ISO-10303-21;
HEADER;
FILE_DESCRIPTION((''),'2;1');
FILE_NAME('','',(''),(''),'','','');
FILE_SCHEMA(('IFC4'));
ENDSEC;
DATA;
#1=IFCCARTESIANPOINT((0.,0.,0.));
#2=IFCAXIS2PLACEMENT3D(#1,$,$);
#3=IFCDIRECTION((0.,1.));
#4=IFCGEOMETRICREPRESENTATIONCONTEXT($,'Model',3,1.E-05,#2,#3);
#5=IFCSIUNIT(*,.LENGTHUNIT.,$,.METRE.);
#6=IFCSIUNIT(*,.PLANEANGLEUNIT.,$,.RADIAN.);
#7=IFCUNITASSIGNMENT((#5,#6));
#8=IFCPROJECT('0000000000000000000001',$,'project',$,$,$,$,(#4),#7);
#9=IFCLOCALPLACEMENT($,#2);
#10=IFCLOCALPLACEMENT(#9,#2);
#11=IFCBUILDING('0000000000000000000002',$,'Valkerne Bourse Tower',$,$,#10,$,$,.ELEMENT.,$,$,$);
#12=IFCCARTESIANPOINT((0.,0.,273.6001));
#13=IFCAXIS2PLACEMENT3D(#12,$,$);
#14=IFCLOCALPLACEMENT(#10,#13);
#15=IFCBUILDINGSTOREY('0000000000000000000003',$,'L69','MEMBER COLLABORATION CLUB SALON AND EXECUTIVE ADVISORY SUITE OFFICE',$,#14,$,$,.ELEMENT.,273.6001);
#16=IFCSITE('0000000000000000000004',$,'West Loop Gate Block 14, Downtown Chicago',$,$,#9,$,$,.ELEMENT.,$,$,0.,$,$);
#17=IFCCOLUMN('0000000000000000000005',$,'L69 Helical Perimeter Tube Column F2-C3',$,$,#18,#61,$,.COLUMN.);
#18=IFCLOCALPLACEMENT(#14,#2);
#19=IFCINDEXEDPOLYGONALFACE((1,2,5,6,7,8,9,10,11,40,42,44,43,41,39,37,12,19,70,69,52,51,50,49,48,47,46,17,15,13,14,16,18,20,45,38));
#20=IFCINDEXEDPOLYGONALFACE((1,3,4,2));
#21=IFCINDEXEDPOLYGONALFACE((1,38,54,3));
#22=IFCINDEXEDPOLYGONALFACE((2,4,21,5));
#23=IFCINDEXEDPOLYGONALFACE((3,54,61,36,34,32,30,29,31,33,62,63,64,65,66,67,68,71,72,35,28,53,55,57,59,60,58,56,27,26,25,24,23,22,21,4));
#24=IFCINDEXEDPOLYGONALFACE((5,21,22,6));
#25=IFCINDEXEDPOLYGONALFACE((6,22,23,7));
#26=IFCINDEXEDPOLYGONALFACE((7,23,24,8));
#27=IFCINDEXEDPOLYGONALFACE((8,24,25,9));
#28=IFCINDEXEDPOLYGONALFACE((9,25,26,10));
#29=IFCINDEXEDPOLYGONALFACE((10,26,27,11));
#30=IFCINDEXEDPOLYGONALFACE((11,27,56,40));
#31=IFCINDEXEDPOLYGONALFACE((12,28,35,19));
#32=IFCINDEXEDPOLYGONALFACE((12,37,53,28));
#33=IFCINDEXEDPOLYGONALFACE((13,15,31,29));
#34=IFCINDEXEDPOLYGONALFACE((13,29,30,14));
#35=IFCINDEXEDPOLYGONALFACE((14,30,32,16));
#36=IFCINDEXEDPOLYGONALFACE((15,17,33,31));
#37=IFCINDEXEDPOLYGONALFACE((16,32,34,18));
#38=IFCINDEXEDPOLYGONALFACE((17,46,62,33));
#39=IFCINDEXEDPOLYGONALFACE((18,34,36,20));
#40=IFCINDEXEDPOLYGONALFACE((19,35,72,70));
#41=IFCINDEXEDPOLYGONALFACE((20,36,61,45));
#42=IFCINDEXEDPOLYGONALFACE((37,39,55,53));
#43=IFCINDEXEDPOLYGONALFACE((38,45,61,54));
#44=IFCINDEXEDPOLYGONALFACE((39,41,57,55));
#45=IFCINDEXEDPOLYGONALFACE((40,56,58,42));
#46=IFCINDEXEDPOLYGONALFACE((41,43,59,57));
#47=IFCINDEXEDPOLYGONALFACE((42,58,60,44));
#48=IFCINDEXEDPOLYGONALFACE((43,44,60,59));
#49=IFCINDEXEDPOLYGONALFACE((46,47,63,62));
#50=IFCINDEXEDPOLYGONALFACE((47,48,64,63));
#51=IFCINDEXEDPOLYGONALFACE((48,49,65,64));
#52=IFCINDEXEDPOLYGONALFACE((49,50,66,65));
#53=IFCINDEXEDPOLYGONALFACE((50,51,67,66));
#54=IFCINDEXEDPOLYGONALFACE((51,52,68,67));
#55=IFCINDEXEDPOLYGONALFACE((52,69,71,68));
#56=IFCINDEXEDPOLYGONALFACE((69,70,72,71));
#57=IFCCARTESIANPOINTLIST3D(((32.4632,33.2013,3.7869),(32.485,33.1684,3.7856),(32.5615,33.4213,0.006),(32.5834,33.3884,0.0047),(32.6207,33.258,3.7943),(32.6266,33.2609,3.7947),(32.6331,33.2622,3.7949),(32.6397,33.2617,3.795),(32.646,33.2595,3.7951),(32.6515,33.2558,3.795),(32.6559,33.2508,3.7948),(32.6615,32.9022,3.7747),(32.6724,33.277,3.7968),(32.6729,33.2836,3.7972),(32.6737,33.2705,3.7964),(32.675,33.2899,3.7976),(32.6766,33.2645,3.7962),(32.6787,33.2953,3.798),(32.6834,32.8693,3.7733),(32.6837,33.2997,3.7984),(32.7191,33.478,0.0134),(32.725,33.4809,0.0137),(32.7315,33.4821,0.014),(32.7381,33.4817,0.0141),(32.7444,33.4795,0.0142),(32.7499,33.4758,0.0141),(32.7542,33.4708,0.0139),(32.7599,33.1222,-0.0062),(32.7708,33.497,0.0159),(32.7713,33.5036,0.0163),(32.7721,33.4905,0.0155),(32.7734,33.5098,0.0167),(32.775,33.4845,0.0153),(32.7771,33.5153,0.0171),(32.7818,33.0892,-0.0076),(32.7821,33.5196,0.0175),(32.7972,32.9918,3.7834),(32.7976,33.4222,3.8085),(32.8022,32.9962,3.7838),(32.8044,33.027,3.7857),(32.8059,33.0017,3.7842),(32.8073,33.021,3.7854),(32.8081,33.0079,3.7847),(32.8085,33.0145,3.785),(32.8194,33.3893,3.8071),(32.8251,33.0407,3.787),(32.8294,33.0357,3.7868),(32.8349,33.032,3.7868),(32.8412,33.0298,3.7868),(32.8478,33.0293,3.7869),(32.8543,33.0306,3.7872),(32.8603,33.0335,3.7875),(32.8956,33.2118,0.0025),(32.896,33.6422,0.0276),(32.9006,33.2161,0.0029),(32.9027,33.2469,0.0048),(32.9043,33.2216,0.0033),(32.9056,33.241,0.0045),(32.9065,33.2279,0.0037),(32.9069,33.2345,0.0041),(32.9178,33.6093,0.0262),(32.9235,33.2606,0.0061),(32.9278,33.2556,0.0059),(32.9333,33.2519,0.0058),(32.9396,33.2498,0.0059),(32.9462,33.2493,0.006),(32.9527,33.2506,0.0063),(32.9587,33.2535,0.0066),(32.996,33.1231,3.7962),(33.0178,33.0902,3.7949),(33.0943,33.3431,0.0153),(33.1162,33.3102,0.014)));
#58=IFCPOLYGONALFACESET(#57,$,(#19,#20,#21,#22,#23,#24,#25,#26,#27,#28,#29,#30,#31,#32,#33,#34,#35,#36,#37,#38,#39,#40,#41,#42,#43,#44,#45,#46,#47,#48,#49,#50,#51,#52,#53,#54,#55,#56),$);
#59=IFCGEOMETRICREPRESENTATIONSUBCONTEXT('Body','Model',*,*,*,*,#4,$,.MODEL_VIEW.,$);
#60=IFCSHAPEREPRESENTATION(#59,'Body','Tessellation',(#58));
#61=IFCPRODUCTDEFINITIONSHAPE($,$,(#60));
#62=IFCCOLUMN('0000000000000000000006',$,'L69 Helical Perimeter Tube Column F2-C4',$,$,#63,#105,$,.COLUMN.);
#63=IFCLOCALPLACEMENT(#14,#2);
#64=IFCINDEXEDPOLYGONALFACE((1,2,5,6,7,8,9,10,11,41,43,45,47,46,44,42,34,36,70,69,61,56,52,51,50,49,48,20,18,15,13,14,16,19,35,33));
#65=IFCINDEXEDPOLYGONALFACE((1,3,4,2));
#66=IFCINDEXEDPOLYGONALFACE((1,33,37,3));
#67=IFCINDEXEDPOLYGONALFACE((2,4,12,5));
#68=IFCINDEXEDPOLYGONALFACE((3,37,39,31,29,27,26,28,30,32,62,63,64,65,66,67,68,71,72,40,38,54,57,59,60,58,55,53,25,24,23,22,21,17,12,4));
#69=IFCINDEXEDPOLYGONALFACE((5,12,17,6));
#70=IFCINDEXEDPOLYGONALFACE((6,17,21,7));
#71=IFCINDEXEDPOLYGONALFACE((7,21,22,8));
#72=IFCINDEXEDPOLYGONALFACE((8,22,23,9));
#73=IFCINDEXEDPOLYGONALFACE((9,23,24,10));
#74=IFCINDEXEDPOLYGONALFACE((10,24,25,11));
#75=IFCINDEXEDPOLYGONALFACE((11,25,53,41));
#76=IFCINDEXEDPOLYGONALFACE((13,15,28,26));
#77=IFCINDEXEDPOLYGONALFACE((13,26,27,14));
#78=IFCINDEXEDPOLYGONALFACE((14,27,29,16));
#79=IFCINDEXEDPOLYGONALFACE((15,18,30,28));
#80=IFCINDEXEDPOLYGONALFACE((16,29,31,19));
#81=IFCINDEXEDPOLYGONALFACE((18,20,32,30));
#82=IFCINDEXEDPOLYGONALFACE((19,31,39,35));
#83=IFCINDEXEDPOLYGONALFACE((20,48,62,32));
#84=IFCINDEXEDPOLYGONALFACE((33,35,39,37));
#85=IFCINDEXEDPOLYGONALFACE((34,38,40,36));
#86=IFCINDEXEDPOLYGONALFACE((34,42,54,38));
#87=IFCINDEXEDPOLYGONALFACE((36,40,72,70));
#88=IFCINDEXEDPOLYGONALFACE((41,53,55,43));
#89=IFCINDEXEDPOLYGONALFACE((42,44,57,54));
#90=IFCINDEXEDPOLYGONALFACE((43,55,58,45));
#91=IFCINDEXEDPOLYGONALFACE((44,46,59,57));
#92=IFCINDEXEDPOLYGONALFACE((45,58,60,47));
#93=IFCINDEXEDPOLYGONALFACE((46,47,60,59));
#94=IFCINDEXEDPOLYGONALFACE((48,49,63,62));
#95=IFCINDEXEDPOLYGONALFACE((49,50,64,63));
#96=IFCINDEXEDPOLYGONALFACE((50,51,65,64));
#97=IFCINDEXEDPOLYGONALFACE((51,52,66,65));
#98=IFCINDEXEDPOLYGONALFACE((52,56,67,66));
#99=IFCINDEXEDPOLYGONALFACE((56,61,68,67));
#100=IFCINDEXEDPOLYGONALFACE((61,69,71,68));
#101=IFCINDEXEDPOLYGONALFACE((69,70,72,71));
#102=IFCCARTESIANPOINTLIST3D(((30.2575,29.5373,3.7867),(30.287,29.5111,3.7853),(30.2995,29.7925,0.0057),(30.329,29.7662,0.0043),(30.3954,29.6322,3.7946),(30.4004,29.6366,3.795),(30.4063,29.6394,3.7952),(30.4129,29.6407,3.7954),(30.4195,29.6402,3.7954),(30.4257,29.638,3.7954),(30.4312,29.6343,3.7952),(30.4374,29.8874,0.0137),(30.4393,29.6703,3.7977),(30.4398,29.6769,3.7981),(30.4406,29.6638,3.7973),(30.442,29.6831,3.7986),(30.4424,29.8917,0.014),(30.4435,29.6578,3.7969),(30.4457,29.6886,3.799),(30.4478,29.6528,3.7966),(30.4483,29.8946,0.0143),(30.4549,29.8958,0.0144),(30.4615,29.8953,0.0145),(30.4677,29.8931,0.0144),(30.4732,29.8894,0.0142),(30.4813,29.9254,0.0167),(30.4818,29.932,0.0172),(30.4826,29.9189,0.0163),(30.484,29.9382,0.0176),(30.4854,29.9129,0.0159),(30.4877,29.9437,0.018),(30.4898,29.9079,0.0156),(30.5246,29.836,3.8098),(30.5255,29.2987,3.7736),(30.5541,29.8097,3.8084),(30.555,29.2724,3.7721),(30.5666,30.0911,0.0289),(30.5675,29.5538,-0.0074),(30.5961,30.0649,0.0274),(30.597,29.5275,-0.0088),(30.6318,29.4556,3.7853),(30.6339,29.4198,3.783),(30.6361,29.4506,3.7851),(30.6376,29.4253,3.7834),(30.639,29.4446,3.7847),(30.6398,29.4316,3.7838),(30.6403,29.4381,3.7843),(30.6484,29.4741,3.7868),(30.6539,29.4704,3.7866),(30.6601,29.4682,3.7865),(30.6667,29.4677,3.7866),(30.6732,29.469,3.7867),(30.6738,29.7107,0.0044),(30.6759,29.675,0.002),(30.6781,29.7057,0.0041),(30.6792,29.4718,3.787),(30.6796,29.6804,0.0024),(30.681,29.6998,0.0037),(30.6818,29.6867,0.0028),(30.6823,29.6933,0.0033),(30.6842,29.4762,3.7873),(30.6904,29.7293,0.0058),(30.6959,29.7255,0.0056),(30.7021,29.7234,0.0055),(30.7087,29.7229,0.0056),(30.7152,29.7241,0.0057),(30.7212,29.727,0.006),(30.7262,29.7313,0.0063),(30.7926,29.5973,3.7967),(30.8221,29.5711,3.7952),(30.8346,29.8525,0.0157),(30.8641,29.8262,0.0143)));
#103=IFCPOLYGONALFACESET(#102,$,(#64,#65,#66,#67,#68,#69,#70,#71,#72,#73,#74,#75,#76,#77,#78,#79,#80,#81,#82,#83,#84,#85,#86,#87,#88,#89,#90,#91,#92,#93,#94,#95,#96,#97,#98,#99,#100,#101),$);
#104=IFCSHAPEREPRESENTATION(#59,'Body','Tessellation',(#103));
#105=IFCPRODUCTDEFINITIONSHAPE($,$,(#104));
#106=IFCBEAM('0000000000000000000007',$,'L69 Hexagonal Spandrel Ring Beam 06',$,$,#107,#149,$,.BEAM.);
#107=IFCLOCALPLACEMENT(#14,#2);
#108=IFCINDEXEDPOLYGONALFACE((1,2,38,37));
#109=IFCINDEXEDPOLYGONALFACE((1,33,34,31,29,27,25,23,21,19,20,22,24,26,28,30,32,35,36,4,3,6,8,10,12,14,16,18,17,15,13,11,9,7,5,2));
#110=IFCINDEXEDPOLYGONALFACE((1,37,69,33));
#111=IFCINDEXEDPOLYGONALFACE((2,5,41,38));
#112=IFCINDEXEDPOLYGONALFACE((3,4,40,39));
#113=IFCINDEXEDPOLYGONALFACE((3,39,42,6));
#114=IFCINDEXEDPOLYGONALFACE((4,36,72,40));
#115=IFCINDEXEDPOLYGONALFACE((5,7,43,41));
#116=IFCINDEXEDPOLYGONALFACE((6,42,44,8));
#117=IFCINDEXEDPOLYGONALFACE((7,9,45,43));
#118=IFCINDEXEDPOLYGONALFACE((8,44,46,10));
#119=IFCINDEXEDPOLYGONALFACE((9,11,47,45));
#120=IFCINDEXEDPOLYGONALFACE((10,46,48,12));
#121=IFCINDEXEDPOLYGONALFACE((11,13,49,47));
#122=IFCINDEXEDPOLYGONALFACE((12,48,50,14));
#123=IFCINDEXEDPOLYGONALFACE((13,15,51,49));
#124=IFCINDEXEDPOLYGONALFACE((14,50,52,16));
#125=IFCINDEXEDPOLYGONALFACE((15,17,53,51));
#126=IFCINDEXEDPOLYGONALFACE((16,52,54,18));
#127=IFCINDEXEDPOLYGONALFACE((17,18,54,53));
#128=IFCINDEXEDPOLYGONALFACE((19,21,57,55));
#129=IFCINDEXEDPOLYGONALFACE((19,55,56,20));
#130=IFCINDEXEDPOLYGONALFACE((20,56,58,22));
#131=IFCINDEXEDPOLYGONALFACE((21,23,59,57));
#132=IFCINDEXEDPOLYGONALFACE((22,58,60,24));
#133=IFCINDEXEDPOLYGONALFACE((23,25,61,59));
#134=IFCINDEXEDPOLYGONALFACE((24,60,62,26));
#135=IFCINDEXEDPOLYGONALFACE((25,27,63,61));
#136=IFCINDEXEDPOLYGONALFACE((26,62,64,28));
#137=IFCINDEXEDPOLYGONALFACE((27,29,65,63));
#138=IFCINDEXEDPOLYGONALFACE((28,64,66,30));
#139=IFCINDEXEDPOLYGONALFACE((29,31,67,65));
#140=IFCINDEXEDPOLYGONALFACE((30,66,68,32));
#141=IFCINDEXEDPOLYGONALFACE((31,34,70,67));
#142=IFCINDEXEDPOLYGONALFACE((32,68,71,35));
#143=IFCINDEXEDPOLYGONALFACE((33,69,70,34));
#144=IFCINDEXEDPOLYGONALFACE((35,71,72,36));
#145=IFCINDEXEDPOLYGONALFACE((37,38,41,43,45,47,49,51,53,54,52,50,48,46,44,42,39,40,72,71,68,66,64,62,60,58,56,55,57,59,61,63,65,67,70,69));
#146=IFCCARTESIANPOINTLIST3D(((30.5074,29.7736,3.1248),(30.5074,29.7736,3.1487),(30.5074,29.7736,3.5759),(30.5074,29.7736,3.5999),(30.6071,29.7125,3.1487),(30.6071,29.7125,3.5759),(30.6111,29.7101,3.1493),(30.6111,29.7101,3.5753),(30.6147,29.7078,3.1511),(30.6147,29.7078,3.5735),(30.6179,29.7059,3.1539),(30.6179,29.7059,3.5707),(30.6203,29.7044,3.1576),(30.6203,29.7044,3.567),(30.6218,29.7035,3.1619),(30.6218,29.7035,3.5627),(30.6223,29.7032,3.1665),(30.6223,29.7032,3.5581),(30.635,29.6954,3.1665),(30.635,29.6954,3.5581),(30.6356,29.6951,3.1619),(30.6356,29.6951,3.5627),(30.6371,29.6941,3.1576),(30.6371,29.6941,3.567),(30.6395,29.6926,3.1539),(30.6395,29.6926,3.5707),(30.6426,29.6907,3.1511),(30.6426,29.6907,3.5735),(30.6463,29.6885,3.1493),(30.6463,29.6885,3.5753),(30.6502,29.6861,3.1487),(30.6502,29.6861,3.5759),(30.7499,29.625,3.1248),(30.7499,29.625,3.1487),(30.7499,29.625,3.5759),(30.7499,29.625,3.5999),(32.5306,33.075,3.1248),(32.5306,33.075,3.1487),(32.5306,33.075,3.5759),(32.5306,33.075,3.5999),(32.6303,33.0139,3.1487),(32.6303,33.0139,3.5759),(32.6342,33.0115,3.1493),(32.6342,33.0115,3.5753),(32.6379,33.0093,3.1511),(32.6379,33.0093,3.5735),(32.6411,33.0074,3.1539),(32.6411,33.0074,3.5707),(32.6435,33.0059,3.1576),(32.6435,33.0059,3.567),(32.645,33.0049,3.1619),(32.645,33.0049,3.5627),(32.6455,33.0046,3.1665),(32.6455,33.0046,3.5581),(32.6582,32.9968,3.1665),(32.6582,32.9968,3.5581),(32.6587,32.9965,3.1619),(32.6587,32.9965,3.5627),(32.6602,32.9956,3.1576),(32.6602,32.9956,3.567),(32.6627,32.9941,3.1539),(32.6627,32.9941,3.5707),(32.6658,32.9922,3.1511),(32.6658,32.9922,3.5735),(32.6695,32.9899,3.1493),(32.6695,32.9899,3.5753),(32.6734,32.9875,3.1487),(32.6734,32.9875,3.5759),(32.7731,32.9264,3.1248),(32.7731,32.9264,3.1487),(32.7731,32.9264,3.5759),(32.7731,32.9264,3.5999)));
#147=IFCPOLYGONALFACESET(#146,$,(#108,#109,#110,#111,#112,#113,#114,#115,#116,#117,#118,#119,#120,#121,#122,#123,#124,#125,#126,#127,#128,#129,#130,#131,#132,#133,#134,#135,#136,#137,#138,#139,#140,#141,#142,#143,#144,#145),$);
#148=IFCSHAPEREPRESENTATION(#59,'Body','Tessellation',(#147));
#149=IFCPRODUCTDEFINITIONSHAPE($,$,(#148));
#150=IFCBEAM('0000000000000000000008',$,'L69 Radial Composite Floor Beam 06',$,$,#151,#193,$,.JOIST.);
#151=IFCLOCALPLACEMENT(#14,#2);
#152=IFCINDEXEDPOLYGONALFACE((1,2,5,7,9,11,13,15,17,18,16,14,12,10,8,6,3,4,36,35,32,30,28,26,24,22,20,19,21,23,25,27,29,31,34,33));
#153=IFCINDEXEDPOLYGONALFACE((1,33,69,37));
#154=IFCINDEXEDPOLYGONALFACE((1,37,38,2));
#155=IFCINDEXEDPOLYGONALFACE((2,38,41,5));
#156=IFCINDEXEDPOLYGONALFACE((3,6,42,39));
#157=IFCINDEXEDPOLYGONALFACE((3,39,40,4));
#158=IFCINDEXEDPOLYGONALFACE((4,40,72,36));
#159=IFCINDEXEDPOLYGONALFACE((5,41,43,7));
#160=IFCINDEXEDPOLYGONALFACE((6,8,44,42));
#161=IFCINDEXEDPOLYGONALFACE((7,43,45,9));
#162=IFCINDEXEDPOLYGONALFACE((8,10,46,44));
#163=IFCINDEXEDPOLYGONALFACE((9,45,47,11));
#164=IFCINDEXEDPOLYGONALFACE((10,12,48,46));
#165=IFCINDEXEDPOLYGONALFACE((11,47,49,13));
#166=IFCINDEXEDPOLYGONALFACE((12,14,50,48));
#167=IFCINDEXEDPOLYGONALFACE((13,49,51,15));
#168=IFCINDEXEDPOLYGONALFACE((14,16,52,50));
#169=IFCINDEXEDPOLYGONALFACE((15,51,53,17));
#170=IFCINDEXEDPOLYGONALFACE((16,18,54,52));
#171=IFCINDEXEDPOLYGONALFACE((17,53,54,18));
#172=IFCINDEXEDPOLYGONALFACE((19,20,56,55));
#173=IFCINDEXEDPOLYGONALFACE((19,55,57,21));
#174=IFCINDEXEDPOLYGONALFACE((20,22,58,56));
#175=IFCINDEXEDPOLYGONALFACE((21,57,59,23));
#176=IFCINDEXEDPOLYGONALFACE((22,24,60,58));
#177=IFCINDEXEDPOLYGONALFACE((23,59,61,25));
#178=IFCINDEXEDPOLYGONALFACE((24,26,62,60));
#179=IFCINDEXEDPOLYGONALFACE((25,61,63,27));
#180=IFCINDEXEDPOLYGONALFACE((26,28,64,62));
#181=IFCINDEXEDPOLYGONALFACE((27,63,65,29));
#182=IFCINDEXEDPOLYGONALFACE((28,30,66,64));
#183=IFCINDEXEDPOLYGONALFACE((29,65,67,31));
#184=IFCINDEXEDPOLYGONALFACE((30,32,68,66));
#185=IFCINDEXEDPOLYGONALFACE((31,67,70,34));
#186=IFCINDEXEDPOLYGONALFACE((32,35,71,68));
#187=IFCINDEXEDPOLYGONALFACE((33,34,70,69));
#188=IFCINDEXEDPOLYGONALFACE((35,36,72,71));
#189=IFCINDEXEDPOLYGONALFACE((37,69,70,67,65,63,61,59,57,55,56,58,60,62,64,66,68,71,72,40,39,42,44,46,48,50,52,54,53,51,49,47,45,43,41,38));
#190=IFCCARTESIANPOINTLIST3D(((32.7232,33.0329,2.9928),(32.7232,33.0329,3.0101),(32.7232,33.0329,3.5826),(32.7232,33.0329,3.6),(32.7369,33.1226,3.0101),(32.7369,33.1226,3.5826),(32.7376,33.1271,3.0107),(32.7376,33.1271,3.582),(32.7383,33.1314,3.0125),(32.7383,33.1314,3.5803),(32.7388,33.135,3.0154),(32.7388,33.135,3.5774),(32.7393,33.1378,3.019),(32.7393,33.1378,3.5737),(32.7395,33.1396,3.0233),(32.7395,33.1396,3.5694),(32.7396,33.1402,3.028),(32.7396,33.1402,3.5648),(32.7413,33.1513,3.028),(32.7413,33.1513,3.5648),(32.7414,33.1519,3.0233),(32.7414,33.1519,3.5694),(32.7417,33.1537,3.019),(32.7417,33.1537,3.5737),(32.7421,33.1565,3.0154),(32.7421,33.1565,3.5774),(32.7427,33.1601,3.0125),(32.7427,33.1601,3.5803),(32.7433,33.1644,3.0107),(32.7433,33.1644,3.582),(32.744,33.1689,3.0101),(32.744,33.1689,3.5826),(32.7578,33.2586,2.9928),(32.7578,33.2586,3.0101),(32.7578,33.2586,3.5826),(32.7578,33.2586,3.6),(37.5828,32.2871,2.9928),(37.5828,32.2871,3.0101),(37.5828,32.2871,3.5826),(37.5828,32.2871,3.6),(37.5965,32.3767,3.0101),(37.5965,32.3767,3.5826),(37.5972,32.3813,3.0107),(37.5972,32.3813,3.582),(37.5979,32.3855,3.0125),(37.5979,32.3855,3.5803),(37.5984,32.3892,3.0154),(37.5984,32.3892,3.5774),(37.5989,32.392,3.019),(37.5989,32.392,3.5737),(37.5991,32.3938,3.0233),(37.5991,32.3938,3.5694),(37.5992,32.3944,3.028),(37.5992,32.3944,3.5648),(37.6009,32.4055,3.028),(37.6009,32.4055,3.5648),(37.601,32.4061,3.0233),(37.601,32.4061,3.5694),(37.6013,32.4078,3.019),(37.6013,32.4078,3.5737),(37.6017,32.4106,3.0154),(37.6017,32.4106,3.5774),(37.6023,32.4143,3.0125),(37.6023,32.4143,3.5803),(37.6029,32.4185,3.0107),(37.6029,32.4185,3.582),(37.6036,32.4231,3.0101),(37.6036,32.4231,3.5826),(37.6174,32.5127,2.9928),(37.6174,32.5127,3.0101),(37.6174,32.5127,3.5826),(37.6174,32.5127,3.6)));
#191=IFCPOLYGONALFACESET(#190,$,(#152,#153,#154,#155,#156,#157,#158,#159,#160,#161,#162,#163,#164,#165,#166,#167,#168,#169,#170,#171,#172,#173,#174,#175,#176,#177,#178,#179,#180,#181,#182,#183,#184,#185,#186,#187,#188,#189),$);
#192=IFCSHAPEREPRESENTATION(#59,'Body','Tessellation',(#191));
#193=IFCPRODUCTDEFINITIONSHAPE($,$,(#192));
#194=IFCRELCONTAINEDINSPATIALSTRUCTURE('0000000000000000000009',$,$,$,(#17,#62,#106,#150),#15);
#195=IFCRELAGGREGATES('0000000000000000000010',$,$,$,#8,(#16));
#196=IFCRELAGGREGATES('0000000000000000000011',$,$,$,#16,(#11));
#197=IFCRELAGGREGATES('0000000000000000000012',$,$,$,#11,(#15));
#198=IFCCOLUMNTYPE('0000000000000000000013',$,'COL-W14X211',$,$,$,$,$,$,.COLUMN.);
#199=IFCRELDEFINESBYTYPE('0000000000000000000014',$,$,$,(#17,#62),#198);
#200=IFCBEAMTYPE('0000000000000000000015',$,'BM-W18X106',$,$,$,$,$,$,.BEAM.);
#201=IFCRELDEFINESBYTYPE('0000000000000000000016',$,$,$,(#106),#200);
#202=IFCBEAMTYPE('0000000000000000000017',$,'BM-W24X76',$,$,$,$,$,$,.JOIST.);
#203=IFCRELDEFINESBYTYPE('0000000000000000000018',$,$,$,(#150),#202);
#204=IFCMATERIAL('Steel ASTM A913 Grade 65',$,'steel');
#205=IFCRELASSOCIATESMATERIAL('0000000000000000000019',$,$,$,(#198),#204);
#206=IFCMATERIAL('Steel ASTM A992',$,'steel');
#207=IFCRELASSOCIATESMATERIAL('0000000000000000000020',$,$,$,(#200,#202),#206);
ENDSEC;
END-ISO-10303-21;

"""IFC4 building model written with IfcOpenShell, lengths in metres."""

from ifc_helpers import new_model, si_unit, direction, frame, origin, origin_2d, place, context, subcontext, project, spatial, i_section, extrude, material, material_profile, profile_set, type_object, element, save


model = new_model("IFC4")

# Units and contexts
model_context = context("Model", 3, precision=1e-05, world=origin(), true_north=direction((0.0, 1.0)))
body_context = subcontext(model_context, "Body", "Model", "MODEL_VIEW")
ifc_project = project(units=[si_unit("LENGTHUNIT", "METRE"), si_unit("PLANEANGLEUNIT", "RADIAN")], contexts=[model_context])

# Site, building, storey
site_placement = place(None, origin())
site = spatial("IfcSite", under=ifc_project, at=site_placement, Name="West Loop Gate Block 14, Downtown Chicago", CompositionType="ELEMENT", RefElevation=0.0)
building_placement = place(site_placement, origin())
building = spatial("IfcBuilding", under=site, at=building_placement, Name="Valkerne Bourse Tower", CompositionType="ELEMENT")
storey_placement = place(building_placement, frame((0.0, 0.0, 273.6001)))
storey = spatial("IfcBuildingStorey", under=building, at=storey_placement, Name="L69", Description="MEMBER COLLABORATION CLUB SALON AND EXECUTIVE ADVISORY SUITE OFFICE", CompositionType="ELEMENT", Elevation=273.6001)

# Columns
ifc_material_1 = material(Name="Steel ASTM A913 Grade 65", Category="steel")
ifc_material_profile_1 = material_profile(ifc_material_1, i_section(OverallWidth=0.4014, OverallDepth=0.3987, WebThickness=0.0249, FlangeThickness=0.0396, FilletRadius=0.0254, at=origin_2d()), Name="W14X211")
ifc_profile_set_1 = profile_set([ifc_material_profile_1], Name="Steel ASTM A913 Grade 65")
column_type = type_object("IfcColumnType", Name="COL-W14X211", PredefinedType="COLUMN", material=ifc_profile_set_1)
column_1_placement = place(storey_placement, frame((32.8389, 33.3657, 0.01), z_axis=(-0.025969, -0.05806, 0.997975), x_axis=(-0.833169, -0.550405, -0.053702)))
element("IfcColumn", 1, at=column_1_placement, inside=storey, type_object=column_type, Name="L69 Helical Perimeter Tube Column F2-C3", PredefinedType="COLUMN", context=body_context, shape_type="SweptSolid", body=[
    extrude(i_section(OverallWidth=0.4014, OverallDepth=0.3987, WebThickness=0.0249, FlangeThickness=0.0396, FilletRadius=0.0254, at=origin_2d()), origin(), (0.0, 0.0, 1.0), 3.7886),
])
column_2_placement = place(storey_placement, frame((30.5818, 29.8093, 0.01), z_axis=(-0.01108, -0.067319, 0.99767), x_axis=(-0.665519, -0.744155, -0.057604)))
element("IfcColumn", 2, at=column_2_placement, inside=storey, type_object=column_type, Name="L69 Helical Perimeter Tube Column F2-C4", PredefinedType="COLUMN", context=body_context, shape_type="SweptSolid", body=[
    extrude(i_section(OverallWidth=0.4014, OverallDepth=0.3987, WebThickness=0.0249, FlangeThickness=0.0396, FilletRadius=0.0254, at=origin_2d()), origin(), (0.0, 0.0, 1.0), 3.7898),
])

# Beams
ifc_material_2 = material(Name="Steel ASTM A992", Category="steel")
ifc_material_profile_2 = material_profile(ifc_material_2, i_section(OverallWidth=0.2844, OverallDepth=0.4751, WebThickness=0.0149, FlangeThickness=0.0239, FilletRadius=0.0178, at=origin_2d()), Name="W18X106")
ifc_profile_set_2 = profile_set([ifc_material_profile_2], Name="Steel ASTM A992")
beam_type_1 = type_object("IfcBeamType", Name="BM-W18X106", PredefinedType="BEAM", material=ifc_profile_set_2)
beam_1_placement = place(storey_placement, frame((32.6519, 33.0007, 3.3623), z_axis=(-0.522503, -0.852637, 0.0), x_axis=(0.852637, -0.522503, 0.0)))
element("IfcBeam", 3, at=beam_1_placement, inside=storey, type_object=beam_type_1, Name="L69 Hexagonal Spandrel Ring Beam 06", PredefinedType="BEAM", context=body_context, shape_type="SweptSolid", body=[
    extrude(i_section(OverallWidth=0.2844, OverallDepth=0.4751, WebThickness=0.0149, FlangeThickness=0.0239, FilletRadius=0.0178, at=origin_2d()), origin(), (0.0, 0.0, 1.0), 3.8721),
])
ifc_material_profile_3 = material_profile(ifc_material_2, i_section(OverallWidth=0.2283, OverallDepth=0.6072, WebThickness=0.0112, FlangeThickness=0.0173, FilletRadius=0.0178, at=origin_2d()), Name="W24X76")
ifc_profile_set_3 = profile_set([ifc_material_profile_3], Name="Steel ASTM A992")
beam_type_2 = type_object("IfcBeamType", Name="BM-W24X76", PredefinedType="JOIST", material=ifc_profile_set_3)
beam_2_placement = place(storey_placement, frame((32.7405, 33.1458, 3.2964), z_axis=(0.988426, -0.151703, 0.0), x_axis=(0.151703, 0.988426, 0.0)))
element("IfcBeam", 4, at=beam_2_placement, inside=storey, type_object=beam_type_2, Name="L69 Radial Composite Floor Beam 06", PredefinedType="JOIST", context=body_context, shape_type="SweptSolid", body=[
    extrude(i_section(OverallWidth=0.2283, OverallDepth=0.6072, WebThickness=0.0112, FlangeThickness=0.0173, FilletRadius=0.0178, at=origin_2d()), origin(), (0.0, 0.0, 1.0), 4.9165),
])

save(model, "model.ifc")
